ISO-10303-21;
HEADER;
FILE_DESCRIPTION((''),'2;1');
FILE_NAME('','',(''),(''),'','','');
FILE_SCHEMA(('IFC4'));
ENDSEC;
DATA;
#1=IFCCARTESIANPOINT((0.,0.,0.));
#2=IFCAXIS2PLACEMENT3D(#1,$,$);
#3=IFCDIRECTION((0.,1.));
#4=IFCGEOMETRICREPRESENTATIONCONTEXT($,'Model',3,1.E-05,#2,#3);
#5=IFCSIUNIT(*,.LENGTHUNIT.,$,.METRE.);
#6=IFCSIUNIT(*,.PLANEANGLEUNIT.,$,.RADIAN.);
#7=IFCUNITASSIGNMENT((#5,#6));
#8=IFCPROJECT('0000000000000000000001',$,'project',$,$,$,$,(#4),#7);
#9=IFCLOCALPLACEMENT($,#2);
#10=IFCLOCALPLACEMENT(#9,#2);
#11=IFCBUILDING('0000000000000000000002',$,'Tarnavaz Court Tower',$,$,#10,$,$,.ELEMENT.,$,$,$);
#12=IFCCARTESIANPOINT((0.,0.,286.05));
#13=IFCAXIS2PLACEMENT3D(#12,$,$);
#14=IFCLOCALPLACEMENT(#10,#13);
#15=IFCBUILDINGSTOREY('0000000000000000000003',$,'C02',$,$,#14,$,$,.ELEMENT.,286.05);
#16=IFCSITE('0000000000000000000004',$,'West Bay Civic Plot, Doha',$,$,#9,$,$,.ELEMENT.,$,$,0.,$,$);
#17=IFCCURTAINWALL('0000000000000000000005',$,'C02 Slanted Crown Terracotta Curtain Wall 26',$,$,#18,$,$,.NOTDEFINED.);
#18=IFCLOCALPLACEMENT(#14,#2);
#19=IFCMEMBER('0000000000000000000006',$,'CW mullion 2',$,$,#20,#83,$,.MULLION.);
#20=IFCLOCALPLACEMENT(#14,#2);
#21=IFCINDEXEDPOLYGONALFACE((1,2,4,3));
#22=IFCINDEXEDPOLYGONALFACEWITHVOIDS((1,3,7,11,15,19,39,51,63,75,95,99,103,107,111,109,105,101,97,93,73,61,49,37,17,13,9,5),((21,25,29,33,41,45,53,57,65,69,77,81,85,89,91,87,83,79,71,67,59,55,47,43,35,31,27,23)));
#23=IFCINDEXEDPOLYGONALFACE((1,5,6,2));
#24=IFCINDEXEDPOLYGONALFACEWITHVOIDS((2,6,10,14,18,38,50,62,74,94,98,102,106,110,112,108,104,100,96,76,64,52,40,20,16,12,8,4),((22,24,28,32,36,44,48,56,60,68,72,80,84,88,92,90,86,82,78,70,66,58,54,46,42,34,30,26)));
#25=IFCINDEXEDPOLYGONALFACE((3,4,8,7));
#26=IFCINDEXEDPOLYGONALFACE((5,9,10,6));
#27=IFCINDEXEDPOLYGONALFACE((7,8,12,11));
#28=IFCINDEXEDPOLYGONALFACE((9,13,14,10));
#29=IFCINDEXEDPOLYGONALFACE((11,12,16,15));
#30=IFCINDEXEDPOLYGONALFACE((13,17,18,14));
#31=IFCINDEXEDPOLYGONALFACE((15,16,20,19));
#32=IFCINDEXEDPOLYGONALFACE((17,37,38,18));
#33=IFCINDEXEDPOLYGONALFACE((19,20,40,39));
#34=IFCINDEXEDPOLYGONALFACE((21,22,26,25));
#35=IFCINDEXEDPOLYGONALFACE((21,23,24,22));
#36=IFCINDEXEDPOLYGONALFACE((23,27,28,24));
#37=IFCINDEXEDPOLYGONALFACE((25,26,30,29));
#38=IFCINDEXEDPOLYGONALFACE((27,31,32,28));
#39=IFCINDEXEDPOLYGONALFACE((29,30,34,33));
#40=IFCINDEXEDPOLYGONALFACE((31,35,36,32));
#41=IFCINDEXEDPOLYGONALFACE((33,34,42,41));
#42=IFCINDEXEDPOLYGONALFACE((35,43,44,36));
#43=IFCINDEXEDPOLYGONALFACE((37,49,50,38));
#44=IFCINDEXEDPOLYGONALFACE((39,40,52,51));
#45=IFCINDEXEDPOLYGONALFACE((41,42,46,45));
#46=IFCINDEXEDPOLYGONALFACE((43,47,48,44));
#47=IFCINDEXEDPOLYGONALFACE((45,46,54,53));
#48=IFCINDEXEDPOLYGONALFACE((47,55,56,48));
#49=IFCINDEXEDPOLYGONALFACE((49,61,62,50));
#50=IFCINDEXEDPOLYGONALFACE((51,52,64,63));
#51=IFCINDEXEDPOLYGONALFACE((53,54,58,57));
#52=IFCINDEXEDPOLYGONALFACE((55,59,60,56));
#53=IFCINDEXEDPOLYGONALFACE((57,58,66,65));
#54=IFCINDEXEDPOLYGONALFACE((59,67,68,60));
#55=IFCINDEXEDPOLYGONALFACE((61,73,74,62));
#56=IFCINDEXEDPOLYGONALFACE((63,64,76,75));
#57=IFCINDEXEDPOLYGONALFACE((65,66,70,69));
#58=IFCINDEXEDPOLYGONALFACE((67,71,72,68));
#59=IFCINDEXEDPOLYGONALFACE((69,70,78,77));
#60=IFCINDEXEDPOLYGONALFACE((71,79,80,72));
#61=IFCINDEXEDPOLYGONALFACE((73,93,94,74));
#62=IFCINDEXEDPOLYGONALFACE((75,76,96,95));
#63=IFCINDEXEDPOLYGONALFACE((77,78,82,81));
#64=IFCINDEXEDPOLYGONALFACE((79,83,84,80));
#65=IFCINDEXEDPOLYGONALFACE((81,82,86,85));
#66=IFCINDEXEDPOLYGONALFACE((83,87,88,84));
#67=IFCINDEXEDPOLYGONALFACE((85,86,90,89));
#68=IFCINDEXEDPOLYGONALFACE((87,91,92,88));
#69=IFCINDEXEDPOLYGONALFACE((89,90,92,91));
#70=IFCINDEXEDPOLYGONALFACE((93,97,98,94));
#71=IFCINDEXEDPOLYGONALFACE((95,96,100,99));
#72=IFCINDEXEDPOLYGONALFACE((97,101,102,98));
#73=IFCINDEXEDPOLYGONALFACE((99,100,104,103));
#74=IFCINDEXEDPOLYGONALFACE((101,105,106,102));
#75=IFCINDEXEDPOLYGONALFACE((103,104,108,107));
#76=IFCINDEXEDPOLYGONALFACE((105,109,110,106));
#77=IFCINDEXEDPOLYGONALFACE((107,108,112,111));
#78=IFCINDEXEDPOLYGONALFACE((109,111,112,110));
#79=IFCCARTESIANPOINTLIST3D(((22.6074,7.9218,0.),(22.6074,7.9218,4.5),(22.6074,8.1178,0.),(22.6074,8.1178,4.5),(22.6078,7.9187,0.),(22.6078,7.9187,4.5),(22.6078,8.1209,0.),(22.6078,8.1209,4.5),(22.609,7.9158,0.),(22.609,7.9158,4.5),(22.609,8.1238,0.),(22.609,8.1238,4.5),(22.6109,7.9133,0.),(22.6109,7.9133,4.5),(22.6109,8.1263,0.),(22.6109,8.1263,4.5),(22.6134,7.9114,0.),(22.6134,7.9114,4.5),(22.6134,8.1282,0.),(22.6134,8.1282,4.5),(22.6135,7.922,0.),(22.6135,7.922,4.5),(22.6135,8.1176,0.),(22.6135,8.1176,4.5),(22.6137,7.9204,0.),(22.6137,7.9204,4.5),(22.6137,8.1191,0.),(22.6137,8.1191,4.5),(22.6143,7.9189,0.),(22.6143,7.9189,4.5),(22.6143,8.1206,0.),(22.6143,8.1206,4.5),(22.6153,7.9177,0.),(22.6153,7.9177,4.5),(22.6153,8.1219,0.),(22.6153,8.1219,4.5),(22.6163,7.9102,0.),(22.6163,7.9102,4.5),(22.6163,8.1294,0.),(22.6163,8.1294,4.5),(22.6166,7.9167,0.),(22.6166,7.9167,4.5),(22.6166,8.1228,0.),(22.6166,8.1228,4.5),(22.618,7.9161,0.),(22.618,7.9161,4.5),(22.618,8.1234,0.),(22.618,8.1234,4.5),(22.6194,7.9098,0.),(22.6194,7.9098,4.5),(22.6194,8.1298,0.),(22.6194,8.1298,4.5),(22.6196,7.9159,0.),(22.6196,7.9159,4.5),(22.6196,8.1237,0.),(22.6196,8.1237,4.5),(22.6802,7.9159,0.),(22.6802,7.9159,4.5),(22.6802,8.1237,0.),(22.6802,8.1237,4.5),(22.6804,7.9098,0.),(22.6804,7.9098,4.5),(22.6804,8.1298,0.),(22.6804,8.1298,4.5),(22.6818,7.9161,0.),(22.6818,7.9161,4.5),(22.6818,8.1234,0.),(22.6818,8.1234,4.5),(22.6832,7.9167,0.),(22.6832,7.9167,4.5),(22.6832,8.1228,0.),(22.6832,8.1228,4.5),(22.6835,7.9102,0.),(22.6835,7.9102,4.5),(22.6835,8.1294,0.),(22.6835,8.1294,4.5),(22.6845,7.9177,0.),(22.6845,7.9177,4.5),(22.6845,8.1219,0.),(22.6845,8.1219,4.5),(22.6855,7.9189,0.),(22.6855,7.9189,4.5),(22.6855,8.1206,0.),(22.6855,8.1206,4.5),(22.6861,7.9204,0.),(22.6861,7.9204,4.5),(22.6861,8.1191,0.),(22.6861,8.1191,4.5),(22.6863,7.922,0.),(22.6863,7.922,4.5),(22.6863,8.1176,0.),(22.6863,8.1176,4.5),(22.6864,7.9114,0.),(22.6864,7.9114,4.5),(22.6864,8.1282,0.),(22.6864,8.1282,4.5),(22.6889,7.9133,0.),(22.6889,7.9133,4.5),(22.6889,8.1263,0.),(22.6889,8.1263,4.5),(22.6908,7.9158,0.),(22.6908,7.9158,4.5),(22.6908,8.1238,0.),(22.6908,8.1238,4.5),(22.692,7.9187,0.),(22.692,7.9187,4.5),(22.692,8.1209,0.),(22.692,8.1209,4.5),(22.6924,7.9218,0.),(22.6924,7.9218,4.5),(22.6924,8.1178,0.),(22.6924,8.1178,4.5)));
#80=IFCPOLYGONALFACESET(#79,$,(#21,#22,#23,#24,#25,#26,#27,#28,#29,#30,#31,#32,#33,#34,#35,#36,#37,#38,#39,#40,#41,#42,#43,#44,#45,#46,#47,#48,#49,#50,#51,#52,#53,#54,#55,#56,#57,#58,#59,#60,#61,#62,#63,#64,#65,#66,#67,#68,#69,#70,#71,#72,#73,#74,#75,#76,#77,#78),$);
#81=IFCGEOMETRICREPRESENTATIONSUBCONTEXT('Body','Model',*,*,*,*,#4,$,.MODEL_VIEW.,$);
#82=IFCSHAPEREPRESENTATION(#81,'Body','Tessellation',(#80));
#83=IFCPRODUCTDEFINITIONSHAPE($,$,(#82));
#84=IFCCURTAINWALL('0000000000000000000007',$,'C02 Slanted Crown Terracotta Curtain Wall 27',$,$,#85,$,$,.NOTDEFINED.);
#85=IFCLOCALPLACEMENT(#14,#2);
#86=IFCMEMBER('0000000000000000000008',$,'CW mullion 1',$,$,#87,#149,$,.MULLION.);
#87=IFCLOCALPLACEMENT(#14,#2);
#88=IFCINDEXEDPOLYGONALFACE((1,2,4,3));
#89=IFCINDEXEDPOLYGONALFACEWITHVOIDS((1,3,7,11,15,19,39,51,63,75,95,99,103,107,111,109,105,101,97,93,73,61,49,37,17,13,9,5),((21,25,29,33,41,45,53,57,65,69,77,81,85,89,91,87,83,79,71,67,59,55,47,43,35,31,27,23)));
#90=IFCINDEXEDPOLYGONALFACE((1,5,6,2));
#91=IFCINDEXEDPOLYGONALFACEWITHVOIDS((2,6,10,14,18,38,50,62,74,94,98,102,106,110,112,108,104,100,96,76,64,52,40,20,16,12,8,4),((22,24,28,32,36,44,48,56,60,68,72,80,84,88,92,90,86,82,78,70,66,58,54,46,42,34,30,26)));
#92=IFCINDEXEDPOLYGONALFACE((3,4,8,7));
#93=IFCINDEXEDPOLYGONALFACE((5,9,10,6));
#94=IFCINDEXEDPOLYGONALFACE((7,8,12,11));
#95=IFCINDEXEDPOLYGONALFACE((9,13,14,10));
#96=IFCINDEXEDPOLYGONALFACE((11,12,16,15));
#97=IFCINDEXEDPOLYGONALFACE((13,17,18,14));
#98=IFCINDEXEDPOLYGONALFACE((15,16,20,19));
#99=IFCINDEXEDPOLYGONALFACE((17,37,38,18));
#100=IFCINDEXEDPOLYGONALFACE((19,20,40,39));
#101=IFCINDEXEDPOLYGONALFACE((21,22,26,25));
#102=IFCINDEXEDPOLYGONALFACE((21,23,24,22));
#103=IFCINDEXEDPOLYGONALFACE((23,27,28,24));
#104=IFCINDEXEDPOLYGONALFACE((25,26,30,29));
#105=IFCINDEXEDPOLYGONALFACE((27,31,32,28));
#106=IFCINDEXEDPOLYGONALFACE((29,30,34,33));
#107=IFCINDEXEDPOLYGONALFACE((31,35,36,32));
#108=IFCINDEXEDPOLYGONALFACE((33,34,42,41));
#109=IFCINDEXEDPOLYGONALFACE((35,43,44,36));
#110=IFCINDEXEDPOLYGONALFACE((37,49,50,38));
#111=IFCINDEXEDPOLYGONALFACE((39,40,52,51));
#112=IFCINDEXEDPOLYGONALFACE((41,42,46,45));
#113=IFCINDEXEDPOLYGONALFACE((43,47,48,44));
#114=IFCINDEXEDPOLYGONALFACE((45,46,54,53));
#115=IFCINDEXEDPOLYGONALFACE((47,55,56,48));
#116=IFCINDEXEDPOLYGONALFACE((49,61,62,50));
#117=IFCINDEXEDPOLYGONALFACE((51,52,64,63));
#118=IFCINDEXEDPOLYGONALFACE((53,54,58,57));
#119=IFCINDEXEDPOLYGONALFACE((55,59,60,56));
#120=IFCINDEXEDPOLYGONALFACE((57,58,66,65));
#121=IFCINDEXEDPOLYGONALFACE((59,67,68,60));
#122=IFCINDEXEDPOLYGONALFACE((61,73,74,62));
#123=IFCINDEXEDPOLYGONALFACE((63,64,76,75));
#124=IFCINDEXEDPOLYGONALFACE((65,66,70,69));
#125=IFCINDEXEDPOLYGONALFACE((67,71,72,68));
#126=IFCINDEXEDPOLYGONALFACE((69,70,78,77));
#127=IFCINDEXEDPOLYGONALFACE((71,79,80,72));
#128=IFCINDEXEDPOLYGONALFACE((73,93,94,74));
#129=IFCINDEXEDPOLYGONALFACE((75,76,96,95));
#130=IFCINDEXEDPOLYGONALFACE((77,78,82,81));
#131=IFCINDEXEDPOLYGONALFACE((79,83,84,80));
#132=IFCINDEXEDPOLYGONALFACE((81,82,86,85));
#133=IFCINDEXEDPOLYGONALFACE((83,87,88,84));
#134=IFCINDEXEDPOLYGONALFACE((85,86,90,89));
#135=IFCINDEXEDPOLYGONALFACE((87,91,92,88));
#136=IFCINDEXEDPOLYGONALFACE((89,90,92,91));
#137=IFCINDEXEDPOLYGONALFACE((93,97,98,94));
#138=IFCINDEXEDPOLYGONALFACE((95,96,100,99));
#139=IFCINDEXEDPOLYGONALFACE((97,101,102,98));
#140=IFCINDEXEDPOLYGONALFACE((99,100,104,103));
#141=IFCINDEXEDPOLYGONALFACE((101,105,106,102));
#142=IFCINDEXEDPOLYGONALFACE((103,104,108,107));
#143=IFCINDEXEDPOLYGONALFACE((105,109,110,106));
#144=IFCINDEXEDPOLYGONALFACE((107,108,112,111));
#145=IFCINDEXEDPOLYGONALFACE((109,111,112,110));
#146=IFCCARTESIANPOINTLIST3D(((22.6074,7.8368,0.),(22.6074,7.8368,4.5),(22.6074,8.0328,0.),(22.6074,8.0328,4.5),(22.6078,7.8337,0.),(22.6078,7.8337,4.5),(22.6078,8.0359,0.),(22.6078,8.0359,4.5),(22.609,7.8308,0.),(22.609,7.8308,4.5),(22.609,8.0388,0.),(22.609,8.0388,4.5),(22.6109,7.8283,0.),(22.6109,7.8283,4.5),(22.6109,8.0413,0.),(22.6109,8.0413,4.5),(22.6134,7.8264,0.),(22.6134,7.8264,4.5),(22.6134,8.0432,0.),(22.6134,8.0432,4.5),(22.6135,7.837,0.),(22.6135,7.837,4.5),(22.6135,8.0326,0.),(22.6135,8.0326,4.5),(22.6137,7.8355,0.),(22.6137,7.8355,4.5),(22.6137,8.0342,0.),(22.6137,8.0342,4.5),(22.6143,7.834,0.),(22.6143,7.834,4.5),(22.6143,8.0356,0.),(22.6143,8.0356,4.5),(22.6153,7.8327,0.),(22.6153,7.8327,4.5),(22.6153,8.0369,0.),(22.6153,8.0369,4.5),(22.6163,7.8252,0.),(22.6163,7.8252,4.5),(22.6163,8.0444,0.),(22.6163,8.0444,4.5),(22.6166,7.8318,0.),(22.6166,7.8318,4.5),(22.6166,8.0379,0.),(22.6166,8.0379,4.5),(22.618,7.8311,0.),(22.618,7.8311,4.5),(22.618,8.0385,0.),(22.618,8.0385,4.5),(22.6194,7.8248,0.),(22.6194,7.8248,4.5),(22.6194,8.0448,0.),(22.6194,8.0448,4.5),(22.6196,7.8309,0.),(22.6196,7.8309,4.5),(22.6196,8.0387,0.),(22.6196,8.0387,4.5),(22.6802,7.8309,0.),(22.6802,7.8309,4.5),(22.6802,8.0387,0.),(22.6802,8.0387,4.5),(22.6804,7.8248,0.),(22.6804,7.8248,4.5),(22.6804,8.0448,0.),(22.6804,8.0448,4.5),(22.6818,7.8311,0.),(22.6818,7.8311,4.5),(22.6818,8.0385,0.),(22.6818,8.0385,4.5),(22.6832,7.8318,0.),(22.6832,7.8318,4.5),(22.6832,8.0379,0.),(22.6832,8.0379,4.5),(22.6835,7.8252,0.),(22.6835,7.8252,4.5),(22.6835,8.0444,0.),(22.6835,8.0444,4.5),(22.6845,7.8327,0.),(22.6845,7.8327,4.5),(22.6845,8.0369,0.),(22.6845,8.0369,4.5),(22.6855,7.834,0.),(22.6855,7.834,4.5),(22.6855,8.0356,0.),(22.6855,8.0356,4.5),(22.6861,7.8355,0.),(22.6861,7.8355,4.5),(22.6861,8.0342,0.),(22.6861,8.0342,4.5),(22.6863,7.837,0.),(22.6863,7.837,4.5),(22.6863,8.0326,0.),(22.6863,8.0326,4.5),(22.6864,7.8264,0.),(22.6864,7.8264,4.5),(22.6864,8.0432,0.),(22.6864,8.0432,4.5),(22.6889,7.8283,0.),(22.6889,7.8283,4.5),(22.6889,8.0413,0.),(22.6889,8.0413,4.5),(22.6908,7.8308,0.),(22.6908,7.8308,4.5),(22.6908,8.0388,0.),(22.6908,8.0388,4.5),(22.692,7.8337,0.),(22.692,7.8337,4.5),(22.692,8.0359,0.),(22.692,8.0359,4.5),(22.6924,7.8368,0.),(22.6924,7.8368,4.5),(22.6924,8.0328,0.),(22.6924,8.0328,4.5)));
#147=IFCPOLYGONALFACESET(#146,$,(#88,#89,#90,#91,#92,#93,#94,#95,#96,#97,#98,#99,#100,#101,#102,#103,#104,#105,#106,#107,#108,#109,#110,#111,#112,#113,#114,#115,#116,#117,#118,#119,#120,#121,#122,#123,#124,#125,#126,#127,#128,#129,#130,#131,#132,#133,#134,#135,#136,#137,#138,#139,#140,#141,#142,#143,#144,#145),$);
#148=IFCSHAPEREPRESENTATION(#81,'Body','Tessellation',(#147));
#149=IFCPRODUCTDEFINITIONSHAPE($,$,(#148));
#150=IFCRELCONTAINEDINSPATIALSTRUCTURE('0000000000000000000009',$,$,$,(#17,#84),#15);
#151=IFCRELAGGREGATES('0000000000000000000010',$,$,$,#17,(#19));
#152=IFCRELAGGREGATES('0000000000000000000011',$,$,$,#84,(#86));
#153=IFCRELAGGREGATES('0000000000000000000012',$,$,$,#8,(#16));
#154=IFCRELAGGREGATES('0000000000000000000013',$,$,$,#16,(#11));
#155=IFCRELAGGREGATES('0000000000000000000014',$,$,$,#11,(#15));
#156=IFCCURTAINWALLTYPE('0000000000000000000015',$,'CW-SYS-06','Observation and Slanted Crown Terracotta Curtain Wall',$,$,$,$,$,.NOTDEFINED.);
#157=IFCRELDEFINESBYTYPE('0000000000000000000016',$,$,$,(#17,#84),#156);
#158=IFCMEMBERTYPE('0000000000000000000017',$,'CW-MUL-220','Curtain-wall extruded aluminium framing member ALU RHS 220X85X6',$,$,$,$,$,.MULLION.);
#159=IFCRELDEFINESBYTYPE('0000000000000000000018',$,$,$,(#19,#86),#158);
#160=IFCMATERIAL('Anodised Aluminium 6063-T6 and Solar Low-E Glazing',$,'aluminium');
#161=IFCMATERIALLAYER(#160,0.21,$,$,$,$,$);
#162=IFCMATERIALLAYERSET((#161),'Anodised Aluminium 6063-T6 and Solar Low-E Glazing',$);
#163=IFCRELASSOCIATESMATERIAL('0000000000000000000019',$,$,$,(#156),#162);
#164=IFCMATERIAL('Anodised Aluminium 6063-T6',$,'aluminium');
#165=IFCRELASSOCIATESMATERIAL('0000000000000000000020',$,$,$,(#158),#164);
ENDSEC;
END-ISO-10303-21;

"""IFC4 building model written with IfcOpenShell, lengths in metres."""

from ifc_helpers import new_model, si_unit, direction, frame, origin, origin_2d, place, context, subcontext, project, spatial, hollow_rectangle, extrude, material, layer, layer_set, material_profile, profile_set, type_object, element, aggregate, save


model = new_model("IFC4")

# Units and contexts
model_context = context("Model", 3, precision=1e-05, world=origin(), true_north=direction((0.0, 1.0)))
body_context = subcontext(model_context, "Body", "Model", "MODEL_VIEW")
ifc_project = project(units=[si_unit("LENGTHUNIT", "METRE"), si_unit("PLANEANGLEUNIT", "RADIAN")], contexts=[model_context])

# Site, building, storey
site_placement = place(None, origin())
site = spatial("IfcSite", under=ifc_project, at=site_placement, Name="West Bay Civic Plot, Doha", CompositionType="ELEMENT", RefElevation=0.0)
building_placement = place(site_placement, origin())
building = spatial("IfcBuilding", under=site, at=building_placement, Name="Tarnavaz Court Tower", CompositionType="ELEMENT")
storey_placement = place(building_placement, frame((0.0, 0.0, 286.05)))
storey = spatial("IfcBuildingStorey", under=building, at=storey_placement, Name="C02", CompositionType="ELEMENT", Elevation=286.05)

# Shared definitions
ifc_material_1 = material(Name="Anodised Aluminium 6063-T6 and Solar Low-E Glazing", Category="aluminium")
ifc_layer_1 = layer(ifc_material_1, 0.21)
ifc_layer_set_1 = layer_set([ifc_layer_1], Name="Anodised Aluminium 6063-T6 and Solar Low-E Glazing")
curtain_wall_type = type_object("IfcCurtainWallType", Name="CW-SYS-06", Description="Observation and Slanted Crown Terracotta Curtain Wall", PredefinedType="NOTDEFINED", material=ifc_layer_set_1)
ifc_material_2 = material(Name="Anodised Aluminium 6063-T6", Category="aluminium")
ifc_material_profile_1 = material_profile(ifc_material_2, hollow_rectangle(XDim=0.085, YDim=0.22, WallThickness=0.0061, InnerFilletRadius=0.0061, OuterFilletRadius=0.012, at=origin_2d()), Name="ALU RHS 220X85X6")
ifc_profile_set_1 = profile_set([ifc_material_profile_1], Name="Anodised Aluminium 6063-T6")
member_type_1 = type_object("IfcMemberType", Name="CW-MUL-220", Description="Curtain-wall extruded aluminium framing member ALU RHS 220X85X6", PredefinedType="MULLION", material=ifc_profile_set_1)

# Curtain walls, members
curtain_wall_1_placement = place(storey_placement, origin())
curtain_wall_1 = element("IfcCurtainWall", 1, at=curtain_wall_1_placement, inside=storey, type_object=curtain_wall_type, Name="C02 Slanted Crown Terracotta Curtain Wall 26", PredefinedType="NOTDEFINED")
member_1_placement = place(storey_placement, frame((22.6499, 8.0198, 0.0), z_axis=(0.0, 0.0, 1.0), x_axis=(1.0, 0.0, 0.0)))
member_1 = element("IfcMember", 2, at=member_1_placement, type_object=member_type_1, Name="CW mullion 2", PredefinedType="MULLION", context=body_context, shape_type="SweptSolid", body=[
    extrude(hollow_rectangle(XDim=0.085, YDim=0.22, WallThickness=0.0061, InnerFilletRadius=0.0061, OuterFilletRadius=0.012, at=origin_2d()), origin(), (0.0, 0.0, 1.0), 4.5),
])
curtain_wall_2_placement = place(storey_placement, origin())
curtain_wall_2 = element("IfcCurtainWall", 3, at=curtain_wall_2_placement, inside=storey, type_object=curtain_wall_type, Name="C02 Slanted Crown Terracotta Curtain Wall 27", PredefinedType="NOTDEFINED")
member_2_placement = place(storey_placement, frame((22.6499, 7.9348, 0.0), z_axis=(0.0, 0.0, 1.0), x_axis=(1.0, 0.0, 0.0)))
member_2 = element("IfcMember", 4, at=member_2_placement, type_object=member_type_1, Name="CW mullion 1", PredefinedType="MULLION", context=body_context, shape_type="SweptSolid", body=[
    extrude(hollow_rectangle(XDim=0.085, YDim=0.22, WallThickness=0.0061, InnerFilletRadius=0.0061, OuterFilletRadius=0.012, at=origin_2d()), origin(), (0.0, 0.0, 1.0), 4.5),
])

aggregate(curtain_wall_1, [member_1])
aggregate(curtain_wall_2, [member_2])

save(model, "model.ifc")
